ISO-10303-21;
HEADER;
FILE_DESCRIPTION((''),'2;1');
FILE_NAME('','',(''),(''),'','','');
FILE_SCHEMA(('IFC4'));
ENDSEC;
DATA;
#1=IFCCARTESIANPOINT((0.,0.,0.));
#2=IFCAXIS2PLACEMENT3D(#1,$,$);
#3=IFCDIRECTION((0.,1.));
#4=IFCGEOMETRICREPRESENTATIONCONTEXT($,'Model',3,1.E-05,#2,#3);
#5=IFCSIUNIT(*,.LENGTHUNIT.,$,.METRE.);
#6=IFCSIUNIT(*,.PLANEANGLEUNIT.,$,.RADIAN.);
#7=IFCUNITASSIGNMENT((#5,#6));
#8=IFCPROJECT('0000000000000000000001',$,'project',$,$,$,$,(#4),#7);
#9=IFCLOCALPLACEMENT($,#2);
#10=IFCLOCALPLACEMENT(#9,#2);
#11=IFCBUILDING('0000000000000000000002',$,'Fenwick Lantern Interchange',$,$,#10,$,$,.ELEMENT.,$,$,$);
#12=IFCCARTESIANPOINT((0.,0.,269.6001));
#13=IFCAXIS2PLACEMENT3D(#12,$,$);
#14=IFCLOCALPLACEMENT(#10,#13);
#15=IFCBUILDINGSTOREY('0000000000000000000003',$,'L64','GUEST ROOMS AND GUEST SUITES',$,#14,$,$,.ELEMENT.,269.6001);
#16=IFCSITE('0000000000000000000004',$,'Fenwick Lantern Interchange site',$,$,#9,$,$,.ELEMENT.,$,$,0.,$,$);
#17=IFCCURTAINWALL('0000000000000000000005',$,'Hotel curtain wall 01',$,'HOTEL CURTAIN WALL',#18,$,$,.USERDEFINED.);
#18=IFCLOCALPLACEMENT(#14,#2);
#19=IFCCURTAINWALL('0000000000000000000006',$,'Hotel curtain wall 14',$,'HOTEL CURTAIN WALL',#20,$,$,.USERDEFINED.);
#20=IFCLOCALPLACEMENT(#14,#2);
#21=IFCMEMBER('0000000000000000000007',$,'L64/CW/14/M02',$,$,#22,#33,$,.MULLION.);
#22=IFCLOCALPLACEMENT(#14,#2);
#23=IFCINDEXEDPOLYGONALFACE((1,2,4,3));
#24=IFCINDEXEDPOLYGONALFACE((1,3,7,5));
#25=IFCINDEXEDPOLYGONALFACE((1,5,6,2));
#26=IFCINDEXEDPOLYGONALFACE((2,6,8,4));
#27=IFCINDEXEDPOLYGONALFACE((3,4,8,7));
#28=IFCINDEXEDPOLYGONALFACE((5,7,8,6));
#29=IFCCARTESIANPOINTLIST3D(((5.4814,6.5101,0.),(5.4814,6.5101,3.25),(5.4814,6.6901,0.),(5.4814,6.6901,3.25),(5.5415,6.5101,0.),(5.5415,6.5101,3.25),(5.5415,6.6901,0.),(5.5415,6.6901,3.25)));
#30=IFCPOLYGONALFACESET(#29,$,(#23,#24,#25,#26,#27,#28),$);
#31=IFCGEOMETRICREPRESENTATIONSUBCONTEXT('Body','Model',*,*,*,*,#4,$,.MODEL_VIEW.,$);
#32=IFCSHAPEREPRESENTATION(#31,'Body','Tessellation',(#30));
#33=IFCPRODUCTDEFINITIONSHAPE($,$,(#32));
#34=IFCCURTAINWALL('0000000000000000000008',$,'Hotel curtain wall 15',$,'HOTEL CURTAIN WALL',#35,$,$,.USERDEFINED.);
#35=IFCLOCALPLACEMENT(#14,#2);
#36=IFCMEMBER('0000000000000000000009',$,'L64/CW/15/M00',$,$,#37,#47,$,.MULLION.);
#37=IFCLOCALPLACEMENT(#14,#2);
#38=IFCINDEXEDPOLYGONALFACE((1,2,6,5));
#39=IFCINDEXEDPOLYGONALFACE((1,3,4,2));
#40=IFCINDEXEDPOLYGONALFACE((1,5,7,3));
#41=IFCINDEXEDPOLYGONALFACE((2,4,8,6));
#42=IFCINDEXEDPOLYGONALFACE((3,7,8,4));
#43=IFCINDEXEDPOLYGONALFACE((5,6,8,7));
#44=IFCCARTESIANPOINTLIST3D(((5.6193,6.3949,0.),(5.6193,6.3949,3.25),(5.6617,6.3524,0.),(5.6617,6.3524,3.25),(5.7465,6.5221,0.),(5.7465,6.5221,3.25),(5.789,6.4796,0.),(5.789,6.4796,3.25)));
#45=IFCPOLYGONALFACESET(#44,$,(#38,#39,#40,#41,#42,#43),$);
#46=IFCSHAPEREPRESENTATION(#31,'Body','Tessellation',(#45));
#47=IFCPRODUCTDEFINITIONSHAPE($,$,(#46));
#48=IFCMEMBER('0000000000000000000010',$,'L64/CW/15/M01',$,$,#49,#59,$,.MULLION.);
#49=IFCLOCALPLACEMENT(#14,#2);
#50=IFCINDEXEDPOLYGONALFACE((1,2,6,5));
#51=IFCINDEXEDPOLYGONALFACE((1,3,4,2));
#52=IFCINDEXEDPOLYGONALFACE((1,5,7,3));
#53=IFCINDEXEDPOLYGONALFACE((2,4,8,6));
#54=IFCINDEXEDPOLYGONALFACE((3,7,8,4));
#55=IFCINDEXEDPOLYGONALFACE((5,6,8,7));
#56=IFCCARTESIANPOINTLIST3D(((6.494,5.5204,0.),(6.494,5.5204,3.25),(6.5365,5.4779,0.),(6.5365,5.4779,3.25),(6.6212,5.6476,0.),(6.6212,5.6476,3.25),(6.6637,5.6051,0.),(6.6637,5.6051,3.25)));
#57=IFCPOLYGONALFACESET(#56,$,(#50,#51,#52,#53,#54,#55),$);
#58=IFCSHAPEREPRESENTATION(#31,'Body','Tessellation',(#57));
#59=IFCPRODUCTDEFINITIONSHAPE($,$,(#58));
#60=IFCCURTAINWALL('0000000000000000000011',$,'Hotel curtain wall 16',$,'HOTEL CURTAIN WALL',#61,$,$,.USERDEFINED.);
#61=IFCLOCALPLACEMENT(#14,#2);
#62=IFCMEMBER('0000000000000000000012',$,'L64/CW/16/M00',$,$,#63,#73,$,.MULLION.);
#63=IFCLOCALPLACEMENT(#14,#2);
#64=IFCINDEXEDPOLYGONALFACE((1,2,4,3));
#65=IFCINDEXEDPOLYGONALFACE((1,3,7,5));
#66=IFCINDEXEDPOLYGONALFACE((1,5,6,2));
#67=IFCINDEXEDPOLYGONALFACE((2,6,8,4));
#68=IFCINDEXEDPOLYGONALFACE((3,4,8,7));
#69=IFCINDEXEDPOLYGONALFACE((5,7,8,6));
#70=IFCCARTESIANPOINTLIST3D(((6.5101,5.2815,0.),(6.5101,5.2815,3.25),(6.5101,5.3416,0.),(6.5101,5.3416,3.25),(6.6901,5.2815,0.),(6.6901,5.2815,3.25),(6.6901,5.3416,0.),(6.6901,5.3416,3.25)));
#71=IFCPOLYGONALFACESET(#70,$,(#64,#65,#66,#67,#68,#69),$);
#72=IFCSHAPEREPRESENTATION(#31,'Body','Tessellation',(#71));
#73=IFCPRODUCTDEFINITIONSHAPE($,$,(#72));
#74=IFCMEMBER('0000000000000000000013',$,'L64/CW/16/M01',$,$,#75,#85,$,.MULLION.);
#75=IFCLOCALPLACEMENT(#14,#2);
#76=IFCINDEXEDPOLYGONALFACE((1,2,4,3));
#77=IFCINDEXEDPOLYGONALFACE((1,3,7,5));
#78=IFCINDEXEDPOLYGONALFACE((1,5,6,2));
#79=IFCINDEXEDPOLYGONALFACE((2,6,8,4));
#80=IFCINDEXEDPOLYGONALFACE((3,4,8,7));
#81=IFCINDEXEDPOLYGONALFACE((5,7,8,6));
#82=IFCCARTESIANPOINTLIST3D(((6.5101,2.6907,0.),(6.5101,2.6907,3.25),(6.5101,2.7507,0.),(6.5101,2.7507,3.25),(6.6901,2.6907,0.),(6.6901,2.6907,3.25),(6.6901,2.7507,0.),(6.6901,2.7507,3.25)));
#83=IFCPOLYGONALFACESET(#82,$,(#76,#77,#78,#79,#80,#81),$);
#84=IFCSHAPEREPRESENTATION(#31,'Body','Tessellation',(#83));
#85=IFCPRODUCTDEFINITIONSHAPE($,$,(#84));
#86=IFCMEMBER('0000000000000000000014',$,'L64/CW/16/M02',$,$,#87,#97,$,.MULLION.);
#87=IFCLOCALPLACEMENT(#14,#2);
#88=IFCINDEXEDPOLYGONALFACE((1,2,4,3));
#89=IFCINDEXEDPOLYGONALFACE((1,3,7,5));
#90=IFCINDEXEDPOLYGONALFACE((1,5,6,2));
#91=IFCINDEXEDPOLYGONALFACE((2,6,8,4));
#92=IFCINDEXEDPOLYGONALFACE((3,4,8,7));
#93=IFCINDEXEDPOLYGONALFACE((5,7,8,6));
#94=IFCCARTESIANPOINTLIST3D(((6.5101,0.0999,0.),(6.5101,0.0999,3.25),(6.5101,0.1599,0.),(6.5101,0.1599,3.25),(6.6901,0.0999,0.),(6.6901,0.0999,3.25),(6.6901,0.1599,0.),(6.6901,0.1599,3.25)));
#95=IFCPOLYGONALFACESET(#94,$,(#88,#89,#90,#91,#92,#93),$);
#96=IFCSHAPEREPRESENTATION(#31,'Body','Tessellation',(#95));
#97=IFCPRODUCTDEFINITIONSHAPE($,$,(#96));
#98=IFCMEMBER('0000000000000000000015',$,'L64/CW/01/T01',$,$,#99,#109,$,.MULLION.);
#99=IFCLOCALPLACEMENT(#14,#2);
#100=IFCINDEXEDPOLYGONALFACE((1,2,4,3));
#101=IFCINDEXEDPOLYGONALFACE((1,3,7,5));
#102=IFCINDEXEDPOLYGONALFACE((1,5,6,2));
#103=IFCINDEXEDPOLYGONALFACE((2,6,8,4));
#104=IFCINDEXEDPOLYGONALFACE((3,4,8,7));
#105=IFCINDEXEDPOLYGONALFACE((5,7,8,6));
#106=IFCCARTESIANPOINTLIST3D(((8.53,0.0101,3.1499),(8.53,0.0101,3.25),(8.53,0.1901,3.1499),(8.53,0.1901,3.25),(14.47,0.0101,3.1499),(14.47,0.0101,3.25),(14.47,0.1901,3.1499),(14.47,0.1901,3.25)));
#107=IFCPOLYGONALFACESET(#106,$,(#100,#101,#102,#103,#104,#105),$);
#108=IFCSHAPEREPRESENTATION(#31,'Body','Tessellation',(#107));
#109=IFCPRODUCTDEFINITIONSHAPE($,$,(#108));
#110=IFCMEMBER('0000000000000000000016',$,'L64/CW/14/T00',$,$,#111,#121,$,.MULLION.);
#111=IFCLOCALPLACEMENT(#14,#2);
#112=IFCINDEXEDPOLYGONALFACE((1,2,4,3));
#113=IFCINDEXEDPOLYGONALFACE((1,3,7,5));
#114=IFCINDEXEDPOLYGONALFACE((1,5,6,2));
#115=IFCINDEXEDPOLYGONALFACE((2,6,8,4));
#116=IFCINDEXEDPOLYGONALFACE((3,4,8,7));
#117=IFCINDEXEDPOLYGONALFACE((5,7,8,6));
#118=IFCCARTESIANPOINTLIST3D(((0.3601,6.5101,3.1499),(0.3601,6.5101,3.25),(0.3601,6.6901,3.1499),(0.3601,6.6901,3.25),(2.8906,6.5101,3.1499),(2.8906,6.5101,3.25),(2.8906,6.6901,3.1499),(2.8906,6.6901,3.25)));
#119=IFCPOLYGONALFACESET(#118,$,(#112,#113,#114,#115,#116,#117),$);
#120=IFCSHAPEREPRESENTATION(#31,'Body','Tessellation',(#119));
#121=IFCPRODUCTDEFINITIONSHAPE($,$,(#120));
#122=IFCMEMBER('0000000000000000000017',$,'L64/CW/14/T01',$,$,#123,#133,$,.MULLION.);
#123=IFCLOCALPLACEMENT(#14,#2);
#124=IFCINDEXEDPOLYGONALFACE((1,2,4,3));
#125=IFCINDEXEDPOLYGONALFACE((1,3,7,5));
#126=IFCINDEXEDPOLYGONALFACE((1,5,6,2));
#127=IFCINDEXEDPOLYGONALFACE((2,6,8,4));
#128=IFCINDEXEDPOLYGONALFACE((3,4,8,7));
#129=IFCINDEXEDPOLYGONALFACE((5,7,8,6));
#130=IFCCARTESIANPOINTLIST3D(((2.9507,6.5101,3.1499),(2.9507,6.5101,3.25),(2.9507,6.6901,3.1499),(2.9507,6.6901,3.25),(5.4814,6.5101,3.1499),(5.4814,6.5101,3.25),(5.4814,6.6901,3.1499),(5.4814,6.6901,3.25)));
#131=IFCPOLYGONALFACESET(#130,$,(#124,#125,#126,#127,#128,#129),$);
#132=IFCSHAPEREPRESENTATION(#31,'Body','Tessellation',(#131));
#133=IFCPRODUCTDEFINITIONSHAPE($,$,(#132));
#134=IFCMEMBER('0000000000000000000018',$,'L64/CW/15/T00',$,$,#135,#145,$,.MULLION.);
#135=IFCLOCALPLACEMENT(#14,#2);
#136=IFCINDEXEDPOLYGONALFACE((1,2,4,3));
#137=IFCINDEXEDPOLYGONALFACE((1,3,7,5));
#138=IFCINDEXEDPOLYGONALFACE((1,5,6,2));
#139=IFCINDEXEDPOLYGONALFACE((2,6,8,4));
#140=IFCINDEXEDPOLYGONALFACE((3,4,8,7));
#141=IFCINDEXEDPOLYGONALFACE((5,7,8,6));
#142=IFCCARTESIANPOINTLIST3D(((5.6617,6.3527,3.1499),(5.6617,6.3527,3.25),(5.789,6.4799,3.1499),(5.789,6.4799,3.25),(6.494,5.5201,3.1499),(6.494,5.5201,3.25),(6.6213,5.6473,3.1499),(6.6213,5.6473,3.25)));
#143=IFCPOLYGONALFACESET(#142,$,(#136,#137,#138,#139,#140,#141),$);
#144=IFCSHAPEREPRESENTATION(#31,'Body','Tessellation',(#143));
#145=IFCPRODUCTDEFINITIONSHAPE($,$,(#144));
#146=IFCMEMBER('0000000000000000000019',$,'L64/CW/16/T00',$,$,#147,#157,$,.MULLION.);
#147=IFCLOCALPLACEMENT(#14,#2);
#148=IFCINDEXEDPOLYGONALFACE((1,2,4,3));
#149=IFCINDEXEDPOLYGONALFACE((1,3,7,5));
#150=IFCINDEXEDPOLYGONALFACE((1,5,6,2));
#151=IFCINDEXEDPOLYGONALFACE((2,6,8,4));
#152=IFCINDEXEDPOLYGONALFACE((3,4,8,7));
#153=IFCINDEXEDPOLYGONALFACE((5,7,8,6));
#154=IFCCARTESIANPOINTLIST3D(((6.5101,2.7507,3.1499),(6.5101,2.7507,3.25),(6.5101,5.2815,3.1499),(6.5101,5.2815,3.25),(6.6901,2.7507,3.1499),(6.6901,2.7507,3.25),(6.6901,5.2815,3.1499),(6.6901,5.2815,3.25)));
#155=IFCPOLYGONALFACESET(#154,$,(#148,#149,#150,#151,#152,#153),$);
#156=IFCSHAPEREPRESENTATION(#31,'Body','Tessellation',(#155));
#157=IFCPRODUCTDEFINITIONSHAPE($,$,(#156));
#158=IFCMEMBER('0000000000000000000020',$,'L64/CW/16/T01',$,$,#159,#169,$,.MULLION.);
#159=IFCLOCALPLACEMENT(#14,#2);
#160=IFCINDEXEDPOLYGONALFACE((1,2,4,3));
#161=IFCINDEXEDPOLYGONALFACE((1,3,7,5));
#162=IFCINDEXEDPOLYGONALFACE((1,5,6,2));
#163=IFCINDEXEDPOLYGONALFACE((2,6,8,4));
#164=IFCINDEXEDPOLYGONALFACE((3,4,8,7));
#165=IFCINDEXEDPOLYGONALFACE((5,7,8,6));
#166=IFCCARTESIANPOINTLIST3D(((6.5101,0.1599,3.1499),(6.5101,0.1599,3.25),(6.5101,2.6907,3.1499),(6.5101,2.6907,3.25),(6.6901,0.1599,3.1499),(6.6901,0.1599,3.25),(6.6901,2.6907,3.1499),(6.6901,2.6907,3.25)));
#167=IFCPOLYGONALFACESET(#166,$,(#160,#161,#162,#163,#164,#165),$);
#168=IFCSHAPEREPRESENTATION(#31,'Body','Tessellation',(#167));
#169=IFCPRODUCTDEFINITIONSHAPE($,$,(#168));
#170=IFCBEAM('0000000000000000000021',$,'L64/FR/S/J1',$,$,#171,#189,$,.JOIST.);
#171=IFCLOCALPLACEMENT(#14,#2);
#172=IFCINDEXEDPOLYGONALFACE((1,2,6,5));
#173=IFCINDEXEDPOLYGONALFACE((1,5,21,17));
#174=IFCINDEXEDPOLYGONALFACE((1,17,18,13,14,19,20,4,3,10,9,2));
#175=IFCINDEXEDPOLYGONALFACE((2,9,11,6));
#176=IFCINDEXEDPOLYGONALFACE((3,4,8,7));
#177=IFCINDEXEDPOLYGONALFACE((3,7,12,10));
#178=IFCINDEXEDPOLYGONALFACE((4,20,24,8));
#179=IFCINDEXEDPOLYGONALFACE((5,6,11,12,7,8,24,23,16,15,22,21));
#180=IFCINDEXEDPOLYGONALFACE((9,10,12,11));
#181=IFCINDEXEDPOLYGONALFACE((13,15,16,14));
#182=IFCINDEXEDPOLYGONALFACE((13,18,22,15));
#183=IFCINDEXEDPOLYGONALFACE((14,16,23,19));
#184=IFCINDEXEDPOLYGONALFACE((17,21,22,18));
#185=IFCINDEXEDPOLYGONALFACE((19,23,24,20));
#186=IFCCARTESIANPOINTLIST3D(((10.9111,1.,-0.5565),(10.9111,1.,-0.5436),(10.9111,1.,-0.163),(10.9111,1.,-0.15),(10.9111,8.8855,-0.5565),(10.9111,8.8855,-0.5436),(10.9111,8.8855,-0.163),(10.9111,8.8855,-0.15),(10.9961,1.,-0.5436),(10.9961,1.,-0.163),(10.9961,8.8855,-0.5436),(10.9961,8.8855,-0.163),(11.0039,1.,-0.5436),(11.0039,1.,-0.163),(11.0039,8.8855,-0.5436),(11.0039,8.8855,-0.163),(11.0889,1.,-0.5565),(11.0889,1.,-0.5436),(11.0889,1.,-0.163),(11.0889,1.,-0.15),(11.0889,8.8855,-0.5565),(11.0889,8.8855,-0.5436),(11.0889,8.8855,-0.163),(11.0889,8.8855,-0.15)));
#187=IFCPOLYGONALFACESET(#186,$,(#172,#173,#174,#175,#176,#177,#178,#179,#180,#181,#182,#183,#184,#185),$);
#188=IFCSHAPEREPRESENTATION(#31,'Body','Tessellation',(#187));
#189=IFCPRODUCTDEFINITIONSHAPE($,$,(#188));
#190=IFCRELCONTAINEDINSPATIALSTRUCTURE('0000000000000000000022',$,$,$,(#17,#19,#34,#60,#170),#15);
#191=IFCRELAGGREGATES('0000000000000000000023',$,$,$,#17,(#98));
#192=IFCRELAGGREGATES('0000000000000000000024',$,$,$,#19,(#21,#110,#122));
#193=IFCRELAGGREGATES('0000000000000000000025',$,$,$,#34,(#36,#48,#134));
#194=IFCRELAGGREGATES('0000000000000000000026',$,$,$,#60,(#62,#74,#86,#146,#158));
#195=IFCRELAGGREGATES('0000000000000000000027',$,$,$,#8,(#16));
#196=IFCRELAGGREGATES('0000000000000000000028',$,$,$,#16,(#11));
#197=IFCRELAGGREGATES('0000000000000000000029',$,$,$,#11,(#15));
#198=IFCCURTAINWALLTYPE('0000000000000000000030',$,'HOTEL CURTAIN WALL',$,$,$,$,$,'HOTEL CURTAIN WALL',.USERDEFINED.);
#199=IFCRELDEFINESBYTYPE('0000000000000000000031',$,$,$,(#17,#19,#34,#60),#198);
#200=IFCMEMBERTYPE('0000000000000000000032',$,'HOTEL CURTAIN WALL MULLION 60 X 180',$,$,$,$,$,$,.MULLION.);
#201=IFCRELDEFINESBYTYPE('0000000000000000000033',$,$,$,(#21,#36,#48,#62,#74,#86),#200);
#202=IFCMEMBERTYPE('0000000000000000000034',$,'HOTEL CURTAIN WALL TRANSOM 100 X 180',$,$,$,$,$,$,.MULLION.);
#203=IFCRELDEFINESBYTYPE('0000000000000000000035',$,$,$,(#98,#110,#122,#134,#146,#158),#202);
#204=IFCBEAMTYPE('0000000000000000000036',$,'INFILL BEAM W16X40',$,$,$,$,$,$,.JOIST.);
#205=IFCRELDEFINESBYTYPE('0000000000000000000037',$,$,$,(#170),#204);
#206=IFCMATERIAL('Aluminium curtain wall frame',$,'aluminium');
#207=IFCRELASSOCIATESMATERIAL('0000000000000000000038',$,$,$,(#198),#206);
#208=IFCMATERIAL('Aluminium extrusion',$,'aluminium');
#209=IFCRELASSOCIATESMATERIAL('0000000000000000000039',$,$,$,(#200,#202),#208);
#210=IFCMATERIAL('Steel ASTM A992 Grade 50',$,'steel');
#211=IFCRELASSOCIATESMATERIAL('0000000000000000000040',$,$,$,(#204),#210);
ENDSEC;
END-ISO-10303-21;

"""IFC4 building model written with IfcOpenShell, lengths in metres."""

from ifc_helpers import new_model, si_unit, direction, frame, origin, origin_2d, place, context, subcontext, project, spatial, rectangle, i_section, extrude, material, material_profile, profile_set, type_object, element, aggregate, save


model = new_model("IFC4")

# Units and contexts
model_context = context("Model", 3, precision=1e-05, world=origin(), true_north=direction((0.0, 1.0)))
body_context = subcontext(model_context, "Body", "Model", "MODEL_VIEW")
ifc_project = project(units=[si_unit("LENGTHUNIT", "METRE"), si_unit("PLANEANGLEUNIT", "RADIAN")], contexts=[model_context])

# Site, building, storey
site_placement = place(None, origin())
site = spatial("IfcSite", under=ifc_project, at=site_placement, Name="Fenwick Lantern Interchange site", CompositionType="ELEMENT", RefElevation=0.0)
building_placement = place(site_placement, origin())
building = spatial("IfcBuilding", under=site, at=building_placement, Name="Fenwick Lantern Interchange", CompositionType="ELEMENT")
storey_placement = place(building_placement, frame((0.0, 0.0, 269.6001)))
storey = spatial("IfcBuildingStorey", under=building, at=storey_placement, Name="L64", Description="GUEST ROOMS AND GUEST SUITES", CompositionType="ELEMENT", Elevation=269.6001)

# Shared definitions
ifc_material_1 = material(Name="Steel ASTM A992 Grade 50", Category="steel")

# Curtain wall
ifc_material_2 = material(Name="Aluminium curtain wall frame", Category="aluminium")
curtain_wall_type = type_object("IfcCurtainWallType", Name="HOTEL CURTAIN WALL", ElementType="HOTEL CURTAIN WALL", PredefinedType="USERDEFINED", material=ifc_material_2)
curtain_wall_1_placement = place(storey_placement, origin())
curtain_wall_1 = element("IfcCurtainWall", 1, at=curtain_wall_1_placement, inside=storey, type_object=curtain_wall_type, Name="Hotel curtain wall 01", ObjectType="HOTEL CURTAIN WALL", PredefinedType="USERDEFINED")
ifc_material_3 = material(Name="Aluminium extrusion", Category="aluminium")
ifc_material_profile_1 = material_profile(ifc_material_3, rectangle(XDim=0.1799, YDim=0.0601, at=origin_2d()), Name="HOTEL CURTAIN WALL MULLION 60 X 180")
ifc_profile_set_1 = profile_set([ifc_material_profile_1], Name="Aluminium extrusion")
member_type_1 = type_object("IfcMemberType", Name="HOTEL CURTAIN WALL MULLION 60 X 180", PredefinedType="MULLION", material=ifc_profile_set_1)

# Curtain walls, members
curtain_wall_2_placement = place(storey_placement, origin())
curtain_wall_2 = element("IfcCurtainWall", 2, at=curtain_wall_2_placement, inside=storey, type_object=curtain_wall_type, Name="Hotel curtain wall 14", ObjectType="HOTEL CURTAIN WALL", PredefinedType="USERDEFINED")
member_1_placement = place(storey_placement, frame((5.5115, 6.6001, 0.0), z_axis=(0.0, 0.0, 1.0), x_axis=(0.0, 1.0, 0.0)))
member_1 = element("IfcMember", 3, at=member_1_placement, type_object=member_type_1, Name="L64/CW/14/M02", PredefinedType="MULLION", context=body_context, shape_type="SweptSolid", body=[
    extrude(rectangle(XDim=0.1799, YDim=0.0601, at=origin_2d()), origin(), (0.0, 0.0, 1.0), 3.25),
])
curtain_wall_3_placement = place(storey_placement, origin())
curtain_wall_3 = element("IfcCurtainWall", 4, at=curtain_wall_3_placement, inside=storey, type_object=curtain_wall_type, Name="Hotel curtain wall 15", ObjectType="HOTEL CURTAIN WALL", PredefinedType="USERDEFINED")
member_2_placement = place(storey_placement, frame((5.7041, 6.4373, 0.0), z_axis=(0.0, 0.0, 1.0), x_axis=(0.707107, 0.707107, 0.0)))
member_2 = element("IfcMember", 5, at=member_2_placement, type_object=member_type_1, Name="L64/CW/15/M00", PredefinedType="MULLION", context=body_context, shape_type="SweptSolid", body=[
    extrude(rectangle(XDim=0.1799, YDim=0.0601, at=origin_2d()), origin(), (0.0, 0.0, 1.0), 3.25),
])
member_3_placement = place(storey_placement, frame((6.5789, 5.5627, 0.0), z_axis=(0.0, 0.0, 1.0), x_axis=(0.707107, 0.707107, 0.0)))
member_3 = element("IfcMember", 6, at=member_3_placement, type_object=member_type_1, Name="L64/CW/15/M01", PredefinedType="MULLION", context=body_context, shape_type="SweptSolid", body=[
    extrude(rectangle(XDim=0.1799, YDim=0.0601, at=origin_2d()), origin(), (0.0, 0.0, 1.0), 3.25),
])
curtain_wall_4_placement = place(storey_placement, origin())
curtain_wall_4 = element("IfcCurtainWall", 7, at=curtain_wall_4_placement, inside=storey, type_object=curtain_wall_type, Name="Hotel curtain wall 16", ObjectType="HOTEL CURTAIN WALL", PredefinedType="USERDEFINED")
member_4_placement = place(storey_placement, frame((6.6001, 5.3115, 0.0), z_axis=(0.0, 0.0, 1.0), x_axis=(1.0, 0.0, 0.0)))
member_4 = element("IfcMember", 8, at=member_4_placement, type_object=member_type_1, Name="L64/CW/16/M00", PredefinedType="MULLION", context=body_context, shape_type="SweptSolid", body=[
    extrude(rectangle(XDim=0.1799, YDim=0.0601, at=origin_2d()), origin(), (0.0, 0.0, 1.0), 3.25),
])
member_5_placement = place(storey_placement, frame((6.6001, 2.7207, 0.0), z_axis=(0.0, 0.0, 1.0), x_axis=(1.0, 0.0, 0.0)))
member_5 = element("IfcMember", 9, at=member_5_placement, type_object=member_type_1, Name="L64/CW/16/M01", PredefinedType="MULLION", context=body_context, shape_type="SweptSolid", body=[
    extrude(rectangle(XDim=0.1799, YDim=0.0601, at=origin_2d()), origin(), (0.0, 0.0, 1.0), 3.25),
])
member_6_placement = place(storey_placement, frame((6.6001, 0.1299, 0.0), z_axis=(0.0, 0.0, 1.0), x_axis=(1.0, 0.0, 0.0)))
member_6 = element("IfcMember", 10, at=member_6_placement, type_object=member_type_1, Name="L64/CW/16/M02", PredefinedType="MULLION", context=body_context, shape_type="SweptSolid", body=[
    extrude(rectangle(XDim=0.1799, YDim=0.0601, at=origin_2d()), origin(), (0.0, 0.0, 1.0), 3.25),
])

# Members
ifc_material_profile_2 = material_profile(ifc_material_3, rectangle(XDim=0.1799, YDim=0.1001, at=origin_2d()), Name="HOTEL CURTAIN WALL TRANSOM 100 X 180")
ifc_profile_set_2 = profile_set([ifc_material_profile_2], Name="Aluminium extrusion")
member_type_2 = type_object("IfcMemberType", Name="HOTEL CURTAIN WALL TRANSOM 100 X 180", PredefinedType="MULLION", material=ifc_profile_set_2)
member_7_placement = place(storey_placement, frame((8.53, 0.1001, 3.2), z_axis=(1.0, 0.0, 0.0), x_axis=(0.0, 1.0, 0.0)))
member_7 = element("IfcMember", 11, at=member_7_placement, type_object=member_type_2, Name="L64/CW/01/T01", PredefinedType="MULLION", context=body_context, shape_type="SweptSolid", body=[
    extrude(rectangle(XDim=0.1799, YDim=0.1001, at=origin_2d()), origin(), (0.0, 0.0, 1.0), 5.9399),
])
member_8_placement = place(storey_placement, frame((0.3601, 6.6001, 3.2), z_axis=(1.0, 0.0, 0.0), x_axis=(0.0, 1.0, 0.0)))
member_8 = element("IfcMember", 12, at=member_8_placement, type_object=member_type_2, Name="L64/CW/14/T00", PredefinedType="MULLION", context=body_context, shape_type="SweptSolid", body=[
    extrude(rectangle(XDim=0.1799, YDim=0.1001, at=origin_2d()), origin(), (0.0, 0.0, 1.0), 2.5305),
])
member_9_placement = place(storey_placement, frame((2.9507, 6.6001, 3.2), z_axis=(1.0, 0.0, 0.0), x_axis=(0.0, 1.0, 0.0)))
member_9 = element("IfcMember", 13, at=member_9_placement, type_object=member_type_2, Name="L64/CW/14/T01", PredefinedType="MULLION", context=body_context, shape_type="SweptSolid", body=[
    extrude(rectangle(XDim=0.1799, YDim=0.1001, at=origin_2d()), origin(), (0.0, 0.0, 1.0), 2.5308),
])
member_10_placement = place(storey_placement, frame((5.7253, 6.4163, 3.2), z_axis=(0.707003, -0.70721, 0.0), x_axis=(0.70721, 0.707003, 0.0)))
member_10 = element("IfcMember", 14, at=member_10_placement, type_object=member_type_2, Name="L64/CW/15/T00", PredefinedType="MULLION", context=body_context, shape_type="SweptSolid", body=[
    extrude(rectangle(XDim=0.1799, YDim=0.1001, at=origin_2d()), origin(), (0.0, 0.0, 1.0), 1.1772),
])
member_11_placement = place(storey_placement, frame((6.6001, 5.2815, 3.2), z_axis=(0.0, -1.0, 0.0), x_axis=(1.0, 0.0, 0.0)))
member_11 = element("IfcMember", 15, at=member_11_placement, type_object=member_type_2, Name="L64/CW/16/T00", PredefinedType="MULLION", context=body_context, shape_type="SweptSolid", body=[
    extrude(rectangle(XDim=0.1799, YDim=0.1001, at=origin_2d()), origin(), (0.0, 0.0, 1.0), 2.5308),
])
member_12_placement = place(storey_placement, frame((6.6001, 2.6907, 3.2), z_axis=(0.0, -1.0, 0.0), x_axis=(1.0, 0.0, 0.0)))
member_12 = element("IfcMember", 16, at=member_12_placement, type_object=member_type_2, Name="L64/CW/16/T01", PredefinedType="MULLION", context=body_context, shape_type="SweptSolid", body=[
    extrude(rectangle(XDim=0.1799, YDim=0.1001, at=origin_2d()), origin(), (0.0, 0.0, 1.0), 2.5308),
])

# Beam
ifc_material_profile_3 = material_profile(ifc_material_1, i_section(OverallWidth=0.1777, OverallDepth=0.4065, WebThickness=0.0078, FlangeThickness=0.0129, at=origin_2d()), Name="W16X40")
ifc_profile_set_3 = profile_set([ifc_material_profile_3], Name="Steel ASTM A992 Grade 50")
beam_type_1 = type_object("IfcBeamType", Name="INFILL BEAM W16X40", PredefinedType="JOIST", material=ifc_profile_set_3)
beam_1_placement = place(storey_placement, frame((11.0, 1.0, -0.3533), z_axis=(0.0, 1.0, 0.0), x_axis=(-1.0, 0.0, 0.0)))
element("IfcBeam", 17, at=beam_1_placement, inside=storey, type_object=beam_type_1, Name="L64/FR/S/J1", PredefinedType="JOIST", context=body_context, shape_type="SweptSolid", body=[
    extrude(i_section(OverallWidth=0.1777, OverallDepth=0.4065, WebThickness=0.0078, FlangeThickness=0.0129, at=origin_2d()), origin(), (0.0, 0.0, 1.0), 7.8855),
])

aggregate(curtain_wall_1, [member_7])
aggregate(curtain_wall_2, [member_1, member_8, member_9])
aggregate(curtain_wall_3, [member_2, member_3, member_10])
aggregate(curtain_wall_4, [member_4, member_5, member_6, member_11, member_12])

save(model, "model.ifc")
